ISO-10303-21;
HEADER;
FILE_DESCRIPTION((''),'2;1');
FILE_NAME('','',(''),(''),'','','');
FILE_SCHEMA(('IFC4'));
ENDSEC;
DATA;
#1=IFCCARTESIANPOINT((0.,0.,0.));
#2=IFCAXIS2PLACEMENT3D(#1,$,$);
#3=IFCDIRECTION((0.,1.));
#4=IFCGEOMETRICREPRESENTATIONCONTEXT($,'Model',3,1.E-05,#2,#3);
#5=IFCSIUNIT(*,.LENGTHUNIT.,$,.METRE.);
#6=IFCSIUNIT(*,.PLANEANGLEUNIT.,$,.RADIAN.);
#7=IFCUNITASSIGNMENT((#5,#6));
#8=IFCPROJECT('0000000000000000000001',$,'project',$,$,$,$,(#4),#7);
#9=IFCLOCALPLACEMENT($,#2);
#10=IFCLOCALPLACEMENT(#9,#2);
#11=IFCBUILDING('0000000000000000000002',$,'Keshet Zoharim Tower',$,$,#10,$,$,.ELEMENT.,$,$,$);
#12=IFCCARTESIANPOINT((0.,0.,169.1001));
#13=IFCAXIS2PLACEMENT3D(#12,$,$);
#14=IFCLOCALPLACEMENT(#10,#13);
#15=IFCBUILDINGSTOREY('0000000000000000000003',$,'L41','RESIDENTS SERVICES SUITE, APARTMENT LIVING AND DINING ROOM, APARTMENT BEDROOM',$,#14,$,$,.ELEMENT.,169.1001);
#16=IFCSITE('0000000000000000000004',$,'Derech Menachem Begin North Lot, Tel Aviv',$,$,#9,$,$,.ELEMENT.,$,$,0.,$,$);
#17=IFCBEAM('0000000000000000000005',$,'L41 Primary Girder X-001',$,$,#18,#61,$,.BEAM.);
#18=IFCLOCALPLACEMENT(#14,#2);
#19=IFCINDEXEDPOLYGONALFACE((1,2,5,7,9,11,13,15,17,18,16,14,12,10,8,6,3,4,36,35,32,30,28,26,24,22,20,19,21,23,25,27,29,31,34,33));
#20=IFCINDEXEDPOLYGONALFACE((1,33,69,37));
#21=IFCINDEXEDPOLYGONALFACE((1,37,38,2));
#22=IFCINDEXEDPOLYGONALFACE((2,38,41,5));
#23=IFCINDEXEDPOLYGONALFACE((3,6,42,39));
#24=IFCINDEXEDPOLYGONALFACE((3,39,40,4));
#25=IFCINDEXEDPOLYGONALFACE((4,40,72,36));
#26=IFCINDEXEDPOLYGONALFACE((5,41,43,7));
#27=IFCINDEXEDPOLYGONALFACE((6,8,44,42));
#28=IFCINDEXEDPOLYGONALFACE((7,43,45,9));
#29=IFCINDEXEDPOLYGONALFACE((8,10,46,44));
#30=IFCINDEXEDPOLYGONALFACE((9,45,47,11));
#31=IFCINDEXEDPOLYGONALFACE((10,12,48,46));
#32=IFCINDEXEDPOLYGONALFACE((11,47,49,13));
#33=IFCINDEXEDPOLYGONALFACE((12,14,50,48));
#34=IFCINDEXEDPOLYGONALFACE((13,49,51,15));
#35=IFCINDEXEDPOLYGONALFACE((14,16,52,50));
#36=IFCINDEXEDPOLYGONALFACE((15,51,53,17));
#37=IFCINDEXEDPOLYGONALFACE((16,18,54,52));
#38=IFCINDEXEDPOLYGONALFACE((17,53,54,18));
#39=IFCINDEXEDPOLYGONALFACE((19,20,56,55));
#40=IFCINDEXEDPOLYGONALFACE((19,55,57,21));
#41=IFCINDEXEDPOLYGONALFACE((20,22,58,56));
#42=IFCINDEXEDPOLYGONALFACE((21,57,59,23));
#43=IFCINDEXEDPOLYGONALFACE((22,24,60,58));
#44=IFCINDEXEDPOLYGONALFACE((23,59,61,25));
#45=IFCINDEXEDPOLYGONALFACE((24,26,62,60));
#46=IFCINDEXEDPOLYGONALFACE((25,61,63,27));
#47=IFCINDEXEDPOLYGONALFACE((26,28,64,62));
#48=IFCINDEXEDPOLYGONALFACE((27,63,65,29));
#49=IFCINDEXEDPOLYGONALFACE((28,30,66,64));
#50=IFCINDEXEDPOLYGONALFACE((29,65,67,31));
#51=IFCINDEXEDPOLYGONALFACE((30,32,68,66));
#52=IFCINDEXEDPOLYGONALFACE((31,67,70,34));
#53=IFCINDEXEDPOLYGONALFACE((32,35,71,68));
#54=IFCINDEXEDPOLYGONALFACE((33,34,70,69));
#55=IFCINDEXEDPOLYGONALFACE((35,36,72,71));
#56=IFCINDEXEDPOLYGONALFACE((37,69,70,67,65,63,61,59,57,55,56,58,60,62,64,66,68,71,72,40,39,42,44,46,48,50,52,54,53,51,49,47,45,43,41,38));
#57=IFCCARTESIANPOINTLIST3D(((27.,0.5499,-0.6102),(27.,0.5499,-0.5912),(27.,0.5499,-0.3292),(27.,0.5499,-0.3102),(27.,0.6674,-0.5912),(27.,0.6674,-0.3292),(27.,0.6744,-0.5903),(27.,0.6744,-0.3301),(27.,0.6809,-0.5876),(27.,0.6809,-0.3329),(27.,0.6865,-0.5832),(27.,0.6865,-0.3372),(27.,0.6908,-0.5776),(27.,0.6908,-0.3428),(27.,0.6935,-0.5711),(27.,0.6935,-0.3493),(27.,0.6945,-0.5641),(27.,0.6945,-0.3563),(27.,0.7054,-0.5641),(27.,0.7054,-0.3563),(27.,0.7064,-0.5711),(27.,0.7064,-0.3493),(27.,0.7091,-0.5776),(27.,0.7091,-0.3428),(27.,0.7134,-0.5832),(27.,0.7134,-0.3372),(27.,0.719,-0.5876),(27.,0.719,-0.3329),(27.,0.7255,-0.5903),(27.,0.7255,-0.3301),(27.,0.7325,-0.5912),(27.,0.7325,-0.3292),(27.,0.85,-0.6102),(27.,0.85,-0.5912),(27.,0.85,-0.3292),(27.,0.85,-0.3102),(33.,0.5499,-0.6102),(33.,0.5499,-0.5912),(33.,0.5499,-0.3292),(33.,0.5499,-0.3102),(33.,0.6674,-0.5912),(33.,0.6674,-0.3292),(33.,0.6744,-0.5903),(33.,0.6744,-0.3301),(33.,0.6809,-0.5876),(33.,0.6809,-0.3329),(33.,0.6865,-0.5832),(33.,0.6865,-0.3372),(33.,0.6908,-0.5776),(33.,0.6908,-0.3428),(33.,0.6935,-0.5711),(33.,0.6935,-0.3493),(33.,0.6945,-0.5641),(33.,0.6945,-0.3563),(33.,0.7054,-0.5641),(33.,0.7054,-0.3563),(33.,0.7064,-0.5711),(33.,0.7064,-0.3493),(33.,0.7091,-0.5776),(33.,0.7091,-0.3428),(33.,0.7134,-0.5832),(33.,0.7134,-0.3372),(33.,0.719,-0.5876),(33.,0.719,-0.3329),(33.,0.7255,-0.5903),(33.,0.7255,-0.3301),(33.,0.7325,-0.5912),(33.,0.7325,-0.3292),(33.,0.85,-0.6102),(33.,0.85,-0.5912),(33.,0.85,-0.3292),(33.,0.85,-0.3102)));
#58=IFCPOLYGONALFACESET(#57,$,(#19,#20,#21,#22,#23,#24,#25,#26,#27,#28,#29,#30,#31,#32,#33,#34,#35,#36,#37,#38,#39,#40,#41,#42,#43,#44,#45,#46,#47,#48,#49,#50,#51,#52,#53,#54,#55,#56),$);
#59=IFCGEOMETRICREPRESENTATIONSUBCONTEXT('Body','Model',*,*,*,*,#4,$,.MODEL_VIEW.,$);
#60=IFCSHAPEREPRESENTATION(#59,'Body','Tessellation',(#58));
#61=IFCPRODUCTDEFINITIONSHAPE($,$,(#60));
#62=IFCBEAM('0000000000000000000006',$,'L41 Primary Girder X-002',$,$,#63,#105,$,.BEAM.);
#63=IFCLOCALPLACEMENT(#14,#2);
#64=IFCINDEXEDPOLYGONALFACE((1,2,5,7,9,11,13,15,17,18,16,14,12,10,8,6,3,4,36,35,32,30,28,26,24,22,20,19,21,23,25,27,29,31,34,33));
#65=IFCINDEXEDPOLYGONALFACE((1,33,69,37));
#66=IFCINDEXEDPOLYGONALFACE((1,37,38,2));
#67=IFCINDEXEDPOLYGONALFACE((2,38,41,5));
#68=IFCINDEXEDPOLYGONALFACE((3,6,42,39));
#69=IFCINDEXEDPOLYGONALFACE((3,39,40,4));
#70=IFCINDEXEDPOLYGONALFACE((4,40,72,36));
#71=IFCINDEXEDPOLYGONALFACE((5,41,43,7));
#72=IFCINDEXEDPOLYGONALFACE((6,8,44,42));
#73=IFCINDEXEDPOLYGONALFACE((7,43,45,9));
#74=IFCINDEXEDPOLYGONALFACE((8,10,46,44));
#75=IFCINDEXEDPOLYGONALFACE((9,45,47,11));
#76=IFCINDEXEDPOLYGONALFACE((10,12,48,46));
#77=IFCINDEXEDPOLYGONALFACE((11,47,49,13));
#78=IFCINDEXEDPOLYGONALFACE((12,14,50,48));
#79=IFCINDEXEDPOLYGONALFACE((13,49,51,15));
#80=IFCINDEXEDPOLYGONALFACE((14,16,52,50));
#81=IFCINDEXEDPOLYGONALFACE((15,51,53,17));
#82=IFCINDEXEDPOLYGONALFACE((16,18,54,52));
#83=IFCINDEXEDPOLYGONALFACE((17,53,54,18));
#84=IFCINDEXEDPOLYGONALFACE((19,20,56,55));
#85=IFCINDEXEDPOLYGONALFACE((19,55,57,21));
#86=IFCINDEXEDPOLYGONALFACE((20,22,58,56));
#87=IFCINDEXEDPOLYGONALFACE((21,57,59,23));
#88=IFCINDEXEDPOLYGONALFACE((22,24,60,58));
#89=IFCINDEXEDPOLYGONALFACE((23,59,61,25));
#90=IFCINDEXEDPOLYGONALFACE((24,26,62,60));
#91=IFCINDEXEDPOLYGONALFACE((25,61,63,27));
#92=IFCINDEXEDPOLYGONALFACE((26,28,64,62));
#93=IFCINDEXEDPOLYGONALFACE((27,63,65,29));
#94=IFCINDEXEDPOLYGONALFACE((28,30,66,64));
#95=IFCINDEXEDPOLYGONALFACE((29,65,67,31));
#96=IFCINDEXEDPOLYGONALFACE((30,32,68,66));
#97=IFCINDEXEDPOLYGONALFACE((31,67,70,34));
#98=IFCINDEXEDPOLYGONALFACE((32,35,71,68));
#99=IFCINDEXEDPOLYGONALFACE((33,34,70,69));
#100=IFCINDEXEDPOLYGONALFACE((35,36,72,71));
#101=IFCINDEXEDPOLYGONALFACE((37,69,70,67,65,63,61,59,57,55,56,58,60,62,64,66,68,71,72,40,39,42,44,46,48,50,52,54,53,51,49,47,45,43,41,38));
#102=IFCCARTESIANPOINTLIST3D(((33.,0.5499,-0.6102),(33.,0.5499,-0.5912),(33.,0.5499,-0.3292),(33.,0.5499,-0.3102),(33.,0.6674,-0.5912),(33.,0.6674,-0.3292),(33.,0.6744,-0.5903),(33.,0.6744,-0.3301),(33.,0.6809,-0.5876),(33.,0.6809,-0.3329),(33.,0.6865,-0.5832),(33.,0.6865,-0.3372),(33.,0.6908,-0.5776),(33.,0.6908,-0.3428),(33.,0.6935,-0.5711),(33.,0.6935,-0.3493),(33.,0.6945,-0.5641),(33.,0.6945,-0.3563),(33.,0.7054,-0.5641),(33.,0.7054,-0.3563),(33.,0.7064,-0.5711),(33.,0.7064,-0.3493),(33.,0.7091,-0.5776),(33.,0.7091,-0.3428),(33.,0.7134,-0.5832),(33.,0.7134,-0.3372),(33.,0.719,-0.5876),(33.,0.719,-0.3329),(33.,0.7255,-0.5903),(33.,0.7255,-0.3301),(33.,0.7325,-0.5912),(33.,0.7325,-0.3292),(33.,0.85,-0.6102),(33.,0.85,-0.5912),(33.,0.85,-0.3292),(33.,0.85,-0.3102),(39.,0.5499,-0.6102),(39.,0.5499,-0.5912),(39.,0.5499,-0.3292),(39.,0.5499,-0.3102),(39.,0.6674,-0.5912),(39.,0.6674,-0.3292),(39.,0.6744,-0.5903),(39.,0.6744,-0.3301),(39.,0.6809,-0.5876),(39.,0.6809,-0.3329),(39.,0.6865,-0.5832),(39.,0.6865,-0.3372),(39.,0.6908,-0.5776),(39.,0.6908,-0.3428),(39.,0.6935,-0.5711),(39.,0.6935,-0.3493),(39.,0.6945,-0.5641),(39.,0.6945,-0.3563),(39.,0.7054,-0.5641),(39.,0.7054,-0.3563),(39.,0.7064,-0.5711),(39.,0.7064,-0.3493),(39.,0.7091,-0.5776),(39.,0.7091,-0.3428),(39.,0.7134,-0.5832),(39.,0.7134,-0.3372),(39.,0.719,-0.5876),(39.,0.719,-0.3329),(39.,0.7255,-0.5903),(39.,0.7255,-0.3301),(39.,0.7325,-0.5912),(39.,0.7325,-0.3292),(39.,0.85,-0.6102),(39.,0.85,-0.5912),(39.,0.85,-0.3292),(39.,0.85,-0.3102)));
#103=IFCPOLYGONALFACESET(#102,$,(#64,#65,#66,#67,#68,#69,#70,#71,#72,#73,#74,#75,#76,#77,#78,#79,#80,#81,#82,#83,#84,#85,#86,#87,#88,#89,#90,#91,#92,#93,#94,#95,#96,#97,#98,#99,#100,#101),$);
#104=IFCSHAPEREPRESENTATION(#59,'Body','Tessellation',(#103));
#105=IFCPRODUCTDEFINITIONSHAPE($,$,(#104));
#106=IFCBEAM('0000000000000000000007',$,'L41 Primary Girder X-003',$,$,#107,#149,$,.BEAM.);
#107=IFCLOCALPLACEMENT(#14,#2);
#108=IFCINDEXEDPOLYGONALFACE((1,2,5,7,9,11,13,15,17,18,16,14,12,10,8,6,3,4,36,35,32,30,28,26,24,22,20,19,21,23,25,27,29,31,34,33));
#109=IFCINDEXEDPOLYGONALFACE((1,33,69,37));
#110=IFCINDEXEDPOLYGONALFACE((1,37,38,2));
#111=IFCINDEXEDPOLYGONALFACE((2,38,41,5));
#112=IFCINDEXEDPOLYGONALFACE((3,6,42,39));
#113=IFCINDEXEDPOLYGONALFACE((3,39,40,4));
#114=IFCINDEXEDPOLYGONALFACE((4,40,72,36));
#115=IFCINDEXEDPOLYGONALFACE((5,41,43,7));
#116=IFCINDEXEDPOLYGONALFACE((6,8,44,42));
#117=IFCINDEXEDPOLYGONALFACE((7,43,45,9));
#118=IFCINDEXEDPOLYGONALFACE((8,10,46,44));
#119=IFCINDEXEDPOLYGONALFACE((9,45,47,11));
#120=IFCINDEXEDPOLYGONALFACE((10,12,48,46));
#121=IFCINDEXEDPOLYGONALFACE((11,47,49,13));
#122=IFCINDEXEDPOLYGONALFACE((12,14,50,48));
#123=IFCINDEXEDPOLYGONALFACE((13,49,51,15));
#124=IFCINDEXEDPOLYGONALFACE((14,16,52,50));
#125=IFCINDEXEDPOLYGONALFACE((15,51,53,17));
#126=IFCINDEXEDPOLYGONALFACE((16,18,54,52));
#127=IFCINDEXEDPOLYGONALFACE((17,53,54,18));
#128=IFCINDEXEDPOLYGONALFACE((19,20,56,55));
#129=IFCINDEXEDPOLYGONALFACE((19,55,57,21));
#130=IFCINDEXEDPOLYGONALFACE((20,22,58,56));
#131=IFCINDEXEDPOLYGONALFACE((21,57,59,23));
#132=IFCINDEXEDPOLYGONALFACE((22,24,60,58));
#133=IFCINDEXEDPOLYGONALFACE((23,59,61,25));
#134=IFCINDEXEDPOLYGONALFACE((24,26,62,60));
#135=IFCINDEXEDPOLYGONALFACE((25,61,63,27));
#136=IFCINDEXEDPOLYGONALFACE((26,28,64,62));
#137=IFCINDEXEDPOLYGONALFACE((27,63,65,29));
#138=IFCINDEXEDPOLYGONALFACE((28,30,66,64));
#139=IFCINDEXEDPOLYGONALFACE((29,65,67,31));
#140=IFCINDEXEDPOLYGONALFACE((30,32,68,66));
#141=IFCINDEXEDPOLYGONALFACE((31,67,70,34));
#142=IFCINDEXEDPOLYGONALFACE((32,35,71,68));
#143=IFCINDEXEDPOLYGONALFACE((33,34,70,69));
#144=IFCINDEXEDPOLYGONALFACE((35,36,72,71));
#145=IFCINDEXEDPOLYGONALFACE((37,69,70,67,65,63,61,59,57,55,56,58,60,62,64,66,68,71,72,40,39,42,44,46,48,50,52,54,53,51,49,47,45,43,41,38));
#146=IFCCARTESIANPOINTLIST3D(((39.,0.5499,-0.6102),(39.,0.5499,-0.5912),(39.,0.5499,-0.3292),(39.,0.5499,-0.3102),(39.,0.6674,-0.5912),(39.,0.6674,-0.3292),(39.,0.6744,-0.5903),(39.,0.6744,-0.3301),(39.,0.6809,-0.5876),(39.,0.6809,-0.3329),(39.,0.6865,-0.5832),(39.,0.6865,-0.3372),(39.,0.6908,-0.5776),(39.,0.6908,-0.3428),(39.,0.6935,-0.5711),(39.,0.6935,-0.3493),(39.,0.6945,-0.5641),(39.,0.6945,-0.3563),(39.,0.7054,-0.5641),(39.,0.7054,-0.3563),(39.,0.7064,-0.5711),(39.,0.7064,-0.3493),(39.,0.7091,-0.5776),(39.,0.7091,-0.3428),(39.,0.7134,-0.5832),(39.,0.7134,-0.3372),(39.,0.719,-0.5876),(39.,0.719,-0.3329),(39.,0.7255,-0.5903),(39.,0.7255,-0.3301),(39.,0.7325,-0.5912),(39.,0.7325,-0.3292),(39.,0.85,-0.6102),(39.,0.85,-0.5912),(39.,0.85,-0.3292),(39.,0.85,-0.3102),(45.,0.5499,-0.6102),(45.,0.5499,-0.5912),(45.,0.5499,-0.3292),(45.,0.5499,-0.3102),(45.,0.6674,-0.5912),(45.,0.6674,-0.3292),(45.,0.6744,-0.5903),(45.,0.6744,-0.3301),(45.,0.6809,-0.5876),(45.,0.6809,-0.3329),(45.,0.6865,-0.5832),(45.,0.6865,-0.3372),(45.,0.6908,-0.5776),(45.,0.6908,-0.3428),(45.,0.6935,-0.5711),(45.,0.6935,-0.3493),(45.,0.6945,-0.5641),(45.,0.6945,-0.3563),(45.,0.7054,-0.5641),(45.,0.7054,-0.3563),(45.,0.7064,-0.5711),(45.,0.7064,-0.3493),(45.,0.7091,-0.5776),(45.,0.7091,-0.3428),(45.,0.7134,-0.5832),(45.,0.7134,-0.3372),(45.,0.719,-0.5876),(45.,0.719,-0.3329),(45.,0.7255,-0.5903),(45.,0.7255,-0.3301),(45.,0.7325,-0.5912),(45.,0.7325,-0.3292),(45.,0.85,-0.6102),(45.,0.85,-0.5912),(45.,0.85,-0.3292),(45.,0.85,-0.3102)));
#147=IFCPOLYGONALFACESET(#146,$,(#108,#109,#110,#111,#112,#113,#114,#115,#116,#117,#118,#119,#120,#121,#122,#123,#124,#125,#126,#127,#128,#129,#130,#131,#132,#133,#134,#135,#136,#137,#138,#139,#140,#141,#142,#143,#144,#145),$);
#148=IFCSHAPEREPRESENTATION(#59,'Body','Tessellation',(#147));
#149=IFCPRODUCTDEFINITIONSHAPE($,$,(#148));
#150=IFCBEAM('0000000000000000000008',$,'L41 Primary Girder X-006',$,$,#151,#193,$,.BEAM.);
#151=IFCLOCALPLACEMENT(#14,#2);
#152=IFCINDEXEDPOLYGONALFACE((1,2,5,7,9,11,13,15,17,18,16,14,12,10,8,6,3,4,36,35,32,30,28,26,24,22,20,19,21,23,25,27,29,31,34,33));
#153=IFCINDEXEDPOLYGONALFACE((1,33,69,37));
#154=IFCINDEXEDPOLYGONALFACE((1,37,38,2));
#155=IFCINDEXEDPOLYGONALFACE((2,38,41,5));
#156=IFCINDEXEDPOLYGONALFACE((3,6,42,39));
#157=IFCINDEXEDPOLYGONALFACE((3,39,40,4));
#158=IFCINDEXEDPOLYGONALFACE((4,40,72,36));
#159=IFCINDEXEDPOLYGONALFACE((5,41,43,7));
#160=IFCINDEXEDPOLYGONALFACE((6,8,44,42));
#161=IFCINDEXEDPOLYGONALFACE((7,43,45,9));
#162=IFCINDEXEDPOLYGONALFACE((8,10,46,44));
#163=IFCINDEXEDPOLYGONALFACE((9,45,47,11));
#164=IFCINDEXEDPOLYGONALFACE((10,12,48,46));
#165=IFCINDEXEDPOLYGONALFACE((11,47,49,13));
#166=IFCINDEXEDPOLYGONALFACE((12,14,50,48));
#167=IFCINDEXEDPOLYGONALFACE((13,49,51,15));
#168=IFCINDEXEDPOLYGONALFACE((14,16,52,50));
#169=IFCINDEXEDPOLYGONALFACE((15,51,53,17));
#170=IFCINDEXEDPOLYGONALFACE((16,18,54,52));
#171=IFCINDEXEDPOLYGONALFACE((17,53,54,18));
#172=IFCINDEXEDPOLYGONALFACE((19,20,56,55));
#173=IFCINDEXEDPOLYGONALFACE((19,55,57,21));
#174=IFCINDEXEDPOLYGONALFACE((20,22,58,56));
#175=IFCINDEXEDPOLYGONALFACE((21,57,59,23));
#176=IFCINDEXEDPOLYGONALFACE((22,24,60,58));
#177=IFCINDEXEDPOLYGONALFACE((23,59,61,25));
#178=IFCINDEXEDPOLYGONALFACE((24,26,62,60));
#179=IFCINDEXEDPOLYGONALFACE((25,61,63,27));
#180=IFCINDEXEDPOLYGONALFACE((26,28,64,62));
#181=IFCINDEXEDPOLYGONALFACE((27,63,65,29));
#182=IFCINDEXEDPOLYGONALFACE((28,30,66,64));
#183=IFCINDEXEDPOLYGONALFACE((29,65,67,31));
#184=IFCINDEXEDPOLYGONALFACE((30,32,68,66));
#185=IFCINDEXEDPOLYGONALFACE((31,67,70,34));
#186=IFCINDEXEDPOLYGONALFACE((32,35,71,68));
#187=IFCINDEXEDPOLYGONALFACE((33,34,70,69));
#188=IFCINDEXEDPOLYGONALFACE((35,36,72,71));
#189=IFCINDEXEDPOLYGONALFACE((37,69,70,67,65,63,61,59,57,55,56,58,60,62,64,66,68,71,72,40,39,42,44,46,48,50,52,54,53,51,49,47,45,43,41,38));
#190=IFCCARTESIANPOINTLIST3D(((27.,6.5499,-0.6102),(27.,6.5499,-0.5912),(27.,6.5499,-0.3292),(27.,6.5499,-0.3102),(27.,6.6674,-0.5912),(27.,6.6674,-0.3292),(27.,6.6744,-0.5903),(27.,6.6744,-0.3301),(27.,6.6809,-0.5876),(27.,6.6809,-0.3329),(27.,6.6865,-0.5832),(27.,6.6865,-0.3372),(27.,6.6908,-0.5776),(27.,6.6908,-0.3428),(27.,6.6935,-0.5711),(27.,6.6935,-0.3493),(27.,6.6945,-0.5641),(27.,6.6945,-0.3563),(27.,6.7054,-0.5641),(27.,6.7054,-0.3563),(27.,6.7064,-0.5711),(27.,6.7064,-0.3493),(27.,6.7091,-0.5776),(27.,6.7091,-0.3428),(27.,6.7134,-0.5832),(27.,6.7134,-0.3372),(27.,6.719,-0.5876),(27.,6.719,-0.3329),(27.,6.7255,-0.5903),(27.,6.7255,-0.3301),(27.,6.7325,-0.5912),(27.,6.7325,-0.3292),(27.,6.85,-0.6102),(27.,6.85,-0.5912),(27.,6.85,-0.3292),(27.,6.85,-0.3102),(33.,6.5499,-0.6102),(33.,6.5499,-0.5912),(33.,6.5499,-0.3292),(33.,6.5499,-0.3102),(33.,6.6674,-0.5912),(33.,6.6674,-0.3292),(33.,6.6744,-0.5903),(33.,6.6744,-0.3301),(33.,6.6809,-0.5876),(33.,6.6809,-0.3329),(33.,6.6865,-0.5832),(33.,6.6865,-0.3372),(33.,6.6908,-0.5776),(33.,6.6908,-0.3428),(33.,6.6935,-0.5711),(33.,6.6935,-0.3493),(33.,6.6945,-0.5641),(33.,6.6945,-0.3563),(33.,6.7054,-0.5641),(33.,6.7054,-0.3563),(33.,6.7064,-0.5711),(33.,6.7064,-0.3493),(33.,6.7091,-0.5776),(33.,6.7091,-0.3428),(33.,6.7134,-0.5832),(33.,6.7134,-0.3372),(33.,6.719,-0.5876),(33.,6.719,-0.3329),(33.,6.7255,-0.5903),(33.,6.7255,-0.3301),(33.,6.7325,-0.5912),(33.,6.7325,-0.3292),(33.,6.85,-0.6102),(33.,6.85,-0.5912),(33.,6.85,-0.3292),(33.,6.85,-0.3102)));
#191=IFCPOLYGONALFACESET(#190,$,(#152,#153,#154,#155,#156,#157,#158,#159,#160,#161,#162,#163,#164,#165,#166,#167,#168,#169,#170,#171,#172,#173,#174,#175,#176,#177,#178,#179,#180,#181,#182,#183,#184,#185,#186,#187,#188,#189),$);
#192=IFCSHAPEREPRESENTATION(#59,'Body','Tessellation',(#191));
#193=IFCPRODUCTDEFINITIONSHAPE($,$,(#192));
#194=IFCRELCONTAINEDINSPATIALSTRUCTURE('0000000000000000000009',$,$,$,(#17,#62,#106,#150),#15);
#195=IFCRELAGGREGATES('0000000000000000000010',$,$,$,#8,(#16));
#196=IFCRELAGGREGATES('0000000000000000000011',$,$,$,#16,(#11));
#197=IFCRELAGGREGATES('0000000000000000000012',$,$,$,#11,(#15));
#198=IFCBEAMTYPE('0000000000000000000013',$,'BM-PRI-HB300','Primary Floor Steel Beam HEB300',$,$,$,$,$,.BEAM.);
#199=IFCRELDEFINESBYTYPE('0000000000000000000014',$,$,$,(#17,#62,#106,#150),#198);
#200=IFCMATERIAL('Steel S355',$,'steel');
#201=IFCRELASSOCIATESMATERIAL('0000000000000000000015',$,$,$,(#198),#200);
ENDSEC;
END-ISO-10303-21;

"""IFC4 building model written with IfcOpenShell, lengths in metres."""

from ifc_helpers import new_model, si_unit, direction, frame, origin, origin_2d, place, context, subcontext, project, spatial, i_section, extrude, material, material_profile, profile_set, type_object, element, save


model = new_model("IFC4")

# Units and contexts
model_context = context("Model", 3, precision=1e-05, world=origin(), true_north=direction((0.0, 1.0)))
body_context = subcontext(model_context, "Body", "Model", "MODEL_VIEW")
ifc_project = project(units=[si_unit("LENGTHUNIT", "METRE"), si_unit("PLANEANGLEUNIT", "RADIAN")], contexts=[model_context])

# Site, building, storey
site_placement = place(None, origin())
site = spatial("IfcSite", under=ifc_project, at=site_placement, Name="Derech Menachem Begin North Lot, Tel Aviv", CompositionType="ELEMENT", RefElevation=0.0)
building_placement = place(site_placement, origin())
building = spatial("IfcBuilding", under=site, at=building_placement, Name="Keshet Zoharim Tower", CompositionType="ELEMENT")
storey_placement = place(building_placement, frame((0.0, 0.0, 169.1001)))
storey = spatial("IfcBuildingStorey", under=building, at=storey_placement, Name="L41", Description="RESIDENTS SERVICES SUITE, APARTMENT LIVING AND DINING ROOM, APARTMENT BEDROOM", CompositionType="ELEMENT", Elevation=169.1001)

# Shared definitions
ifc_material_1 = material(Name="Steel S355", Category="steel")

# Beams
ifc_material_profile_1 = material_profile(ifc_material_1, i_section(OverallWidth=0.3, OverallDepth=0.3, WebThickness=0.011, FlangeThickness=0.019, FilletRadius=0.0271, at=origin_2d()), Name="HEB300")
ifc_profile_set_1 = profile_set([ifc_material_profile_1], Name="Steel S355")
beam_type_1 = type_object("IfcBeamType", Name="BM-PRI-HB300", Description="Primary Floor Steel Beam HEB300", PredefinedType="BEAM", material=ifc_profile_set_1)
for number, where, z_axis, x_axis, name in (
    (1, (27.0, 0.7, -0.4602), (1.0, 0.0, 0.0), (0.0, 1.0, 0.0), "L41 Primary Girder X-001"),
    (2, (33.0, 0.7, -0.4602), (1.0, 0.0, 0.0), (0.0, 1.0, 0.0), "L41 Primary Girder X-002"),
    (3, (39.0, 0.7, -0.4602), (1.0, 0.0, 0.0), (0.0, 1.0, 0.0), "L41 Primary Girder X-003"),
    (4, (27.0, 6.7, -0.4602), (1.0, 0.0, 0.0), (0.0, 1.0, 0.0), "L41 Primary Girder X-006"),
):
    element("IfcBeam", number, at=place(storey_placement, frame(where, z_axis=z_axis, x_axis=x_axis)), inside=storey, type_object=beam_type_1, Name=name, PredefinedType="BEAM", context=body_context, shape_type="SweptSolid", body=[
        extrude(i_section(OverallWidth=0.3, OverallDepth=0.3, WebThickness=0.011, FlangeThickness=0.019, FilletRadius=0.0271, at=origin_2d()), origin(), (0.0, 0.0, 1.0), 6.0),
    ])

save(model, "model.ifc")
